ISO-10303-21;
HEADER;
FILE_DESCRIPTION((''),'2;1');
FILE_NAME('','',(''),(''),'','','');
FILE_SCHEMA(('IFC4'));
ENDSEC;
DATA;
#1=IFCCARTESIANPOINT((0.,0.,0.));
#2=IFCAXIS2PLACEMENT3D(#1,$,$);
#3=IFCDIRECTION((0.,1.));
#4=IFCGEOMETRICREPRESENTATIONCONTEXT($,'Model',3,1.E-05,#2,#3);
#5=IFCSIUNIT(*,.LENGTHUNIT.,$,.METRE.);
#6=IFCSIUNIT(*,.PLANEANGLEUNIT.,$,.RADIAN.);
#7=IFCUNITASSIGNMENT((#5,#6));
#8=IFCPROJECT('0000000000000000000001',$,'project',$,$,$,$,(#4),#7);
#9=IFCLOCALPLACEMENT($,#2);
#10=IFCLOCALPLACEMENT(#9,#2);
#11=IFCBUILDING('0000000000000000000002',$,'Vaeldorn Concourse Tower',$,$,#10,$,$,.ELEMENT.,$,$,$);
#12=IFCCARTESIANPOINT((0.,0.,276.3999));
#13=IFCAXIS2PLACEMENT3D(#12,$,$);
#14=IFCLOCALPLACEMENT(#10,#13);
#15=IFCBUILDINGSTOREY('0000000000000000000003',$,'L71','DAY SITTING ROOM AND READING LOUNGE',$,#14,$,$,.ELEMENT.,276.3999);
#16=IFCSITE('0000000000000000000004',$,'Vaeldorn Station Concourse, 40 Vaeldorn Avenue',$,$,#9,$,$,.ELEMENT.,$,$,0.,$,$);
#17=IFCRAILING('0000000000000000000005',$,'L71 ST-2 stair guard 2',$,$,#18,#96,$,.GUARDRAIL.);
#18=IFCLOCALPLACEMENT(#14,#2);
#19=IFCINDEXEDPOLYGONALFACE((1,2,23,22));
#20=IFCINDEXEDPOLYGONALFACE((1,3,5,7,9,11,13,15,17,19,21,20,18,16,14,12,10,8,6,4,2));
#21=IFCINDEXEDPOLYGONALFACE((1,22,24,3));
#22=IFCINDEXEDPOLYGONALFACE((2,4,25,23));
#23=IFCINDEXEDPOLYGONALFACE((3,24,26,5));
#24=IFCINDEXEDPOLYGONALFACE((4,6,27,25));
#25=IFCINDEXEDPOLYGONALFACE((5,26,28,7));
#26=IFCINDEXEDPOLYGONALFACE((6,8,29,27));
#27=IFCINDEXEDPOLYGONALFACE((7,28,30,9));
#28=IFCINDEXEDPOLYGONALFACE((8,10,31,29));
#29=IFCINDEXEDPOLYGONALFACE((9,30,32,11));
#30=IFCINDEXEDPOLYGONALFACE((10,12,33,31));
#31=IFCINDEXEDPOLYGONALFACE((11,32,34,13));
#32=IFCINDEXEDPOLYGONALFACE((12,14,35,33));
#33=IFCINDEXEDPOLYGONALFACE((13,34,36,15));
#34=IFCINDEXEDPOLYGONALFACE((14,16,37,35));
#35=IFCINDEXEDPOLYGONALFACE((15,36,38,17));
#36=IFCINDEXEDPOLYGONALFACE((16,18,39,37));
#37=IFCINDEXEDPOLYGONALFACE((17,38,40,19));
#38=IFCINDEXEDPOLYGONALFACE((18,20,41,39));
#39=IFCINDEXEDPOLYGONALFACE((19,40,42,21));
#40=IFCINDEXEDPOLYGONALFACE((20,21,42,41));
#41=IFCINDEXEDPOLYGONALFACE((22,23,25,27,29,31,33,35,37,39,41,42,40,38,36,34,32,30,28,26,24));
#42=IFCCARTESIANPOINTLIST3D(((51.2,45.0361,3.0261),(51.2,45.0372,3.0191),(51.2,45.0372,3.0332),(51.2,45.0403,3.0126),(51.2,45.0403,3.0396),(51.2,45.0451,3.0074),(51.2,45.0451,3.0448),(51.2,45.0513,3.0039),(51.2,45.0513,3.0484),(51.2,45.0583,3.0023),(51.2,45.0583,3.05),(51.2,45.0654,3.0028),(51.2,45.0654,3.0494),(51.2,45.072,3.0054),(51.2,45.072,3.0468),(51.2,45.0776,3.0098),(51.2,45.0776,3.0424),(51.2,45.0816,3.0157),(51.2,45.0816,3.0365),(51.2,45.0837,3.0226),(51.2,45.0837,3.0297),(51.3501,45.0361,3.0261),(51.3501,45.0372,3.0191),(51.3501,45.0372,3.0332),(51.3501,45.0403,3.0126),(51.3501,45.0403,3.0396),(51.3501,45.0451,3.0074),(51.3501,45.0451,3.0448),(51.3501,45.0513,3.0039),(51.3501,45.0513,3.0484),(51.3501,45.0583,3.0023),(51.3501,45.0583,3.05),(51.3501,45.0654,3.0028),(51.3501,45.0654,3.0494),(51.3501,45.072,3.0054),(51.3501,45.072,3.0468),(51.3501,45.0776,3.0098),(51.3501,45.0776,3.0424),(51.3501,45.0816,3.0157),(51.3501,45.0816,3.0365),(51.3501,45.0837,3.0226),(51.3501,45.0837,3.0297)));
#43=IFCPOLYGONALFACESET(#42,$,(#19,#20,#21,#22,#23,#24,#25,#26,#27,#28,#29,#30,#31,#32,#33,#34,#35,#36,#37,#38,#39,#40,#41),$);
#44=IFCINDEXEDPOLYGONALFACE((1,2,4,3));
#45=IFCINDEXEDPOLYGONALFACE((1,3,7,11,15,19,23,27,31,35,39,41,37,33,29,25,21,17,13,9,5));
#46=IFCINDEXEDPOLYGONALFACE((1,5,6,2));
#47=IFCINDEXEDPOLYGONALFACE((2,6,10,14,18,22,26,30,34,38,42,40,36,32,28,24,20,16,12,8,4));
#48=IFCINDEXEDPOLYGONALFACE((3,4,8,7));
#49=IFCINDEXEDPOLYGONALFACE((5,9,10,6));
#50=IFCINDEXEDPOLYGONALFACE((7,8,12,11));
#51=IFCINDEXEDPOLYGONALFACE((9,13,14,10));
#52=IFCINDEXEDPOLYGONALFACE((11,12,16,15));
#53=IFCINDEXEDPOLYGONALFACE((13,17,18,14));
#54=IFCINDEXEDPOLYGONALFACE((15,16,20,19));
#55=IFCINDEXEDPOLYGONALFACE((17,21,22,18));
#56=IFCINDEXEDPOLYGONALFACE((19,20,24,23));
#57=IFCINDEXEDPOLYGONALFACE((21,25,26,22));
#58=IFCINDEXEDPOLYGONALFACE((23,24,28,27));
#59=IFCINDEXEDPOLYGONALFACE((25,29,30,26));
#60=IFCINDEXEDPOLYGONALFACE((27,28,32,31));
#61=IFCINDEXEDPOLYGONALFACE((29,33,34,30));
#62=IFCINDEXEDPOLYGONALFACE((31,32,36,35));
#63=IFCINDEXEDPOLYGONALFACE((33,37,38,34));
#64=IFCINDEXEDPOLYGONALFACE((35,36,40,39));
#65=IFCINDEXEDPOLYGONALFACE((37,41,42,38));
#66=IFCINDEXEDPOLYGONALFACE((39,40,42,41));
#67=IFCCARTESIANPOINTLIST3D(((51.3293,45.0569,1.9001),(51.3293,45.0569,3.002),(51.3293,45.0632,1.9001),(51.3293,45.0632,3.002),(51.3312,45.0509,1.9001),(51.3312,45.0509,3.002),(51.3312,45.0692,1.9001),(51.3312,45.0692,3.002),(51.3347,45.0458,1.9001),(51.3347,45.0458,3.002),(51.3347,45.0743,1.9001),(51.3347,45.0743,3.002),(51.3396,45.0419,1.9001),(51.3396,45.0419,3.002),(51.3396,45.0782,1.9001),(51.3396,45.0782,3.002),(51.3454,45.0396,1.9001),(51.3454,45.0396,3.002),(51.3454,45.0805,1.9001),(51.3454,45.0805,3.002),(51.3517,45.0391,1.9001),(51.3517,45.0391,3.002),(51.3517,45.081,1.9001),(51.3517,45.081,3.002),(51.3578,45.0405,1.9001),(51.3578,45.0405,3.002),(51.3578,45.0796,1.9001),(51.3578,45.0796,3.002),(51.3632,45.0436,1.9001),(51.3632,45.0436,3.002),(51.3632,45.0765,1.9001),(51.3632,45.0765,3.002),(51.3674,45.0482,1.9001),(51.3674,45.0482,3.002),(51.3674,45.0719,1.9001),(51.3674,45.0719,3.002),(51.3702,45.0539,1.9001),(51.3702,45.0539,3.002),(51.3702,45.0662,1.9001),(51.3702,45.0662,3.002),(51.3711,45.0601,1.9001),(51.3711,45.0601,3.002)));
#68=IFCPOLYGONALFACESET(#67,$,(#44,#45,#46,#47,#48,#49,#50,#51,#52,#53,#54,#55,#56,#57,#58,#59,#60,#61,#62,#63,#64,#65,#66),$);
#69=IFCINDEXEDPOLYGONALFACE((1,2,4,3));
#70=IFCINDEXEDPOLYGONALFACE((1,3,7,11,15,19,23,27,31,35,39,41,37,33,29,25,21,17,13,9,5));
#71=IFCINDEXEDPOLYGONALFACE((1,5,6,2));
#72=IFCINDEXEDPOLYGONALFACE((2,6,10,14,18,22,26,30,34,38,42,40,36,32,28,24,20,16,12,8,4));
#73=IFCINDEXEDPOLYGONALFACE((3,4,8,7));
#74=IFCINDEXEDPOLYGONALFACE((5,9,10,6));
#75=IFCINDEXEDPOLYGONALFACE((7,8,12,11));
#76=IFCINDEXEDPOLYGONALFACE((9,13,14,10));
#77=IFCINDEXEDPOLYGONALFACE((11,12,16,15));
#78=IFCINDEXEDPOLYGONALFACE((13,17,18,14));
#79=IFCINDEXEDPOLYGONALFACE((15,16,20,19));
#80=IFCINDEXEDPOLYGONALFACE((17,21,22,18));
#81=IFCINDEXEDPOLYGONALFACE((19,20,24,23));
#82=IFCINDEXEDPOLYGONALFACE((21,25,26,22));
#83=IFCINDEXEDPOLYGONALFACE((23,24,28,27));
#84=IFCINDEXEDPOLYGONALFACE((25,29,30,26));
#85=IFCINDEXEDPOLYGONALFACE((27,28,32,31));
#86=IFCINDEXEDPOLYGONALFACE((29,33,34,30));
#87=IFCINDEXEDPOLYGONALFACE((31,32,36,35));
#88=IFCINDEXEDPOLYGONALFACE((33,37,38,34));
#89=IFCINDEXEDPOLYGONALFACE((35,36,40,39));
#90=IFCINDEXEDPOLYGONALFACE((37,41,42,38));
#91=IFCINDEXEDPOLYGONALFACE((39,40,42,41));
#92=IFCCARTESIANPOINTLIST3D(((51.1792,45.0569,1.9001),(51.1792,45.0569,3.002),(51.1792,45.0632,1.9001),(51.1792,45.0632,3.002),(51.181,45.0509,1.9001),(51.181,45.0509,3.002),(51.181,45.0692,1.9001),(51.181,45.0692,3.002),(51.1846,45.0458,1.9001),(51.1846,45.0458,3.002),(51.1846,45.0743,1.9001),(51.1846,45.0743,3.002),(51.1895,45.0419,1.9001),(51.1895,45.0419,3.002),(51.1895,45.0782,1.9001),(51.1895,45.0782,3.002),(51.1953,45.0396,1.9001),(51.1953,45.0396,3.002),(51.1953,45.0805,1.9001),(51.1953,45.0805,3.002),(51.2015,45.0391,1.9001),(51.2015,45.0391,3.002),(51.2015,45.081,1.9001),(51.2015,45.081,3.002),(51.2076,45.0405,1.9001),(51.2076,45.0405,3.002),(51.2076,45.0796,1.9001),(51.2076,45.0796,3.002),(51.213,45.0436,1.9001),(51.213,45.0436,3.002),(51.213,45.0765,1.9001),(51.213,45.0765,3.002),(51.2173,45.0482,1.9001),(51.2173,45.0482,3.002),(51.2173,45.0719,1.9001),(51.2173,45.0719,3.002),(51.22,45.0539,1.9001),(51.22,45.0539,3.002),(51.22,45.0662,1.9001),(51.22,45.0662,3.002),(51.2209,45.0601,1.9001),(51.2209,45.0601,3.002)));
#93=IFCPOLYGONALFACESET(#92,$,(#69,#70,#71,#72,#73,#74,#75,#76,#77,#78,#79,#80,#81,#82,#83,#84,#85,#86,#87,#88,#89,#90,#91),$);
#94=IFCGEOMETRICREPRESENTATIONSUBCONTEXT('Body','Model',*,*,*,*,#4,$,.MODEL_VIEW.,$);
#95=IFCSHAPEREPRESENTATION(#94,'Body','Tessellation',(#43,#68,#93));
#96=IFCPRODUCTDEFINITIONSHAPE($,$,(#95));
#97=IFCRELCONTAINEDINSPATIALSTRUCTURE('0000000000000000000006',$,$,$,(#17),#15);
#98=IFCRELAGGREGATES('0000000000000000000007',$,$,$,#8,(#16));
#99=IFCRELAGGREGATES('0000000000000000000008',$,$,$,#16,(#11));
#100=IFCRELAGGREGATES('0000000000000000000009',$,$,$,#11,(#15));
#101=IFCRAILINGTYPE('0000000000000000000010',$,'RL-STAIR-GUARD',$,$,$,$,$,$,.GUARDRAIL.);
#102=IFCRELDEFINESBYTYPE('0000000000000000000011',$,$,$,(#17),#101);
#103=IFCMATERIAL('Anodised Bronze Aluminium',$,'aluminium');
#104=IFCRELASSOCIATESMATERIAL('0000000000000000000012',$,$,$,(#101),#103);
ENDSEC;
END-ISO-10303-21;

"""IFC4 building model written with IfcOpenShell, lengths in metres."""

from ifc_helpers import new_model, si_unit, direction, frame, origin, origin_2d, place, context, subcontext, project, spatial, circle, extrude, material, type_object, element, save


model = new_model("IFC4")

# Units and contexts
model_context = context("Model", 3, precision=1e-05, world=origin(), true_north=direction((0.0, 1.0)))
body_context = subcontext(model_context, "Body", "Model", "MODEL_VIEW")
ifc_project = project(units=[si_unit("LENGTHUNIT", "METRE"), si_unit("PLANEANGLEUNIT", "RADIAN")], contexts=[model_context])

# Site, building, storey
site_placement = place(None, origin())
site = spatial("IfcSite", under=ifc_project, at=site_placement, Name="Vaeldorn Station Concourse, 40 Vaeldorn Avenue", CompositionType="ELEMENT", RefElevation=0.0)
building_placement = place(site_placement, origin())
building = spatial("IfcBuilding", under=site, at=building_placement, Name="Vaeldorn Concourse Tower", CompositionType="ELEMENT")
storey_placement = place(building_placement, frame((0.0, 0.0, 276.3999)))
storey = spatial("IfcBuildingStorey", under=building, at=storey_placement, Name="L71", Description="DAY SITTING ROOM AND READING LOUNGE", CompositionType="ELEMENT", Elevation=276.3999)

# Shared definitions
ifc_material_1 = material(Name="Anodised Bronze Aluminium", Category="aluminium")

# Railing
railing_type_1 = type_object("IfcRailingType", Name="RL-STAIR-GUARD", PredefinedType="GUARDRAIL", material=ifc_material_1)
railing_1_placement = place(storey_placement, frame((51.3501, 45.0601, 1.9001)))
element("IfcRailing", 1, at=railing_1_placement, inside=storey, type_object=railing_type_1, Name="L71 ST-2 stair guard 2", PredefinedType="GUARDRAIL", context=body_context, shape_type="SweptSolid", body=[
    extrude(circle(Radius=0.0239, at=origin_2d()), frame((0.0, 0.0, 1.126), z_axis=(-1.0, 0.0, 0.0), x_axis=(0.0, -1.0, 0.0)), (0.0, 0.0, 1.0), 0.1501),
    extrude(circle(Radius=0.021, at=origin_2d()), origin(), (0.0, 0.0, 1.0), 1.1018),
    extrude(circle(Radius=0.021, at=origin_2d()), frame((-0.1501, 0.0, 0.0)), (0.0, 0.0, 1.0), 1.1018),
])

save(model, "model.ifc")
